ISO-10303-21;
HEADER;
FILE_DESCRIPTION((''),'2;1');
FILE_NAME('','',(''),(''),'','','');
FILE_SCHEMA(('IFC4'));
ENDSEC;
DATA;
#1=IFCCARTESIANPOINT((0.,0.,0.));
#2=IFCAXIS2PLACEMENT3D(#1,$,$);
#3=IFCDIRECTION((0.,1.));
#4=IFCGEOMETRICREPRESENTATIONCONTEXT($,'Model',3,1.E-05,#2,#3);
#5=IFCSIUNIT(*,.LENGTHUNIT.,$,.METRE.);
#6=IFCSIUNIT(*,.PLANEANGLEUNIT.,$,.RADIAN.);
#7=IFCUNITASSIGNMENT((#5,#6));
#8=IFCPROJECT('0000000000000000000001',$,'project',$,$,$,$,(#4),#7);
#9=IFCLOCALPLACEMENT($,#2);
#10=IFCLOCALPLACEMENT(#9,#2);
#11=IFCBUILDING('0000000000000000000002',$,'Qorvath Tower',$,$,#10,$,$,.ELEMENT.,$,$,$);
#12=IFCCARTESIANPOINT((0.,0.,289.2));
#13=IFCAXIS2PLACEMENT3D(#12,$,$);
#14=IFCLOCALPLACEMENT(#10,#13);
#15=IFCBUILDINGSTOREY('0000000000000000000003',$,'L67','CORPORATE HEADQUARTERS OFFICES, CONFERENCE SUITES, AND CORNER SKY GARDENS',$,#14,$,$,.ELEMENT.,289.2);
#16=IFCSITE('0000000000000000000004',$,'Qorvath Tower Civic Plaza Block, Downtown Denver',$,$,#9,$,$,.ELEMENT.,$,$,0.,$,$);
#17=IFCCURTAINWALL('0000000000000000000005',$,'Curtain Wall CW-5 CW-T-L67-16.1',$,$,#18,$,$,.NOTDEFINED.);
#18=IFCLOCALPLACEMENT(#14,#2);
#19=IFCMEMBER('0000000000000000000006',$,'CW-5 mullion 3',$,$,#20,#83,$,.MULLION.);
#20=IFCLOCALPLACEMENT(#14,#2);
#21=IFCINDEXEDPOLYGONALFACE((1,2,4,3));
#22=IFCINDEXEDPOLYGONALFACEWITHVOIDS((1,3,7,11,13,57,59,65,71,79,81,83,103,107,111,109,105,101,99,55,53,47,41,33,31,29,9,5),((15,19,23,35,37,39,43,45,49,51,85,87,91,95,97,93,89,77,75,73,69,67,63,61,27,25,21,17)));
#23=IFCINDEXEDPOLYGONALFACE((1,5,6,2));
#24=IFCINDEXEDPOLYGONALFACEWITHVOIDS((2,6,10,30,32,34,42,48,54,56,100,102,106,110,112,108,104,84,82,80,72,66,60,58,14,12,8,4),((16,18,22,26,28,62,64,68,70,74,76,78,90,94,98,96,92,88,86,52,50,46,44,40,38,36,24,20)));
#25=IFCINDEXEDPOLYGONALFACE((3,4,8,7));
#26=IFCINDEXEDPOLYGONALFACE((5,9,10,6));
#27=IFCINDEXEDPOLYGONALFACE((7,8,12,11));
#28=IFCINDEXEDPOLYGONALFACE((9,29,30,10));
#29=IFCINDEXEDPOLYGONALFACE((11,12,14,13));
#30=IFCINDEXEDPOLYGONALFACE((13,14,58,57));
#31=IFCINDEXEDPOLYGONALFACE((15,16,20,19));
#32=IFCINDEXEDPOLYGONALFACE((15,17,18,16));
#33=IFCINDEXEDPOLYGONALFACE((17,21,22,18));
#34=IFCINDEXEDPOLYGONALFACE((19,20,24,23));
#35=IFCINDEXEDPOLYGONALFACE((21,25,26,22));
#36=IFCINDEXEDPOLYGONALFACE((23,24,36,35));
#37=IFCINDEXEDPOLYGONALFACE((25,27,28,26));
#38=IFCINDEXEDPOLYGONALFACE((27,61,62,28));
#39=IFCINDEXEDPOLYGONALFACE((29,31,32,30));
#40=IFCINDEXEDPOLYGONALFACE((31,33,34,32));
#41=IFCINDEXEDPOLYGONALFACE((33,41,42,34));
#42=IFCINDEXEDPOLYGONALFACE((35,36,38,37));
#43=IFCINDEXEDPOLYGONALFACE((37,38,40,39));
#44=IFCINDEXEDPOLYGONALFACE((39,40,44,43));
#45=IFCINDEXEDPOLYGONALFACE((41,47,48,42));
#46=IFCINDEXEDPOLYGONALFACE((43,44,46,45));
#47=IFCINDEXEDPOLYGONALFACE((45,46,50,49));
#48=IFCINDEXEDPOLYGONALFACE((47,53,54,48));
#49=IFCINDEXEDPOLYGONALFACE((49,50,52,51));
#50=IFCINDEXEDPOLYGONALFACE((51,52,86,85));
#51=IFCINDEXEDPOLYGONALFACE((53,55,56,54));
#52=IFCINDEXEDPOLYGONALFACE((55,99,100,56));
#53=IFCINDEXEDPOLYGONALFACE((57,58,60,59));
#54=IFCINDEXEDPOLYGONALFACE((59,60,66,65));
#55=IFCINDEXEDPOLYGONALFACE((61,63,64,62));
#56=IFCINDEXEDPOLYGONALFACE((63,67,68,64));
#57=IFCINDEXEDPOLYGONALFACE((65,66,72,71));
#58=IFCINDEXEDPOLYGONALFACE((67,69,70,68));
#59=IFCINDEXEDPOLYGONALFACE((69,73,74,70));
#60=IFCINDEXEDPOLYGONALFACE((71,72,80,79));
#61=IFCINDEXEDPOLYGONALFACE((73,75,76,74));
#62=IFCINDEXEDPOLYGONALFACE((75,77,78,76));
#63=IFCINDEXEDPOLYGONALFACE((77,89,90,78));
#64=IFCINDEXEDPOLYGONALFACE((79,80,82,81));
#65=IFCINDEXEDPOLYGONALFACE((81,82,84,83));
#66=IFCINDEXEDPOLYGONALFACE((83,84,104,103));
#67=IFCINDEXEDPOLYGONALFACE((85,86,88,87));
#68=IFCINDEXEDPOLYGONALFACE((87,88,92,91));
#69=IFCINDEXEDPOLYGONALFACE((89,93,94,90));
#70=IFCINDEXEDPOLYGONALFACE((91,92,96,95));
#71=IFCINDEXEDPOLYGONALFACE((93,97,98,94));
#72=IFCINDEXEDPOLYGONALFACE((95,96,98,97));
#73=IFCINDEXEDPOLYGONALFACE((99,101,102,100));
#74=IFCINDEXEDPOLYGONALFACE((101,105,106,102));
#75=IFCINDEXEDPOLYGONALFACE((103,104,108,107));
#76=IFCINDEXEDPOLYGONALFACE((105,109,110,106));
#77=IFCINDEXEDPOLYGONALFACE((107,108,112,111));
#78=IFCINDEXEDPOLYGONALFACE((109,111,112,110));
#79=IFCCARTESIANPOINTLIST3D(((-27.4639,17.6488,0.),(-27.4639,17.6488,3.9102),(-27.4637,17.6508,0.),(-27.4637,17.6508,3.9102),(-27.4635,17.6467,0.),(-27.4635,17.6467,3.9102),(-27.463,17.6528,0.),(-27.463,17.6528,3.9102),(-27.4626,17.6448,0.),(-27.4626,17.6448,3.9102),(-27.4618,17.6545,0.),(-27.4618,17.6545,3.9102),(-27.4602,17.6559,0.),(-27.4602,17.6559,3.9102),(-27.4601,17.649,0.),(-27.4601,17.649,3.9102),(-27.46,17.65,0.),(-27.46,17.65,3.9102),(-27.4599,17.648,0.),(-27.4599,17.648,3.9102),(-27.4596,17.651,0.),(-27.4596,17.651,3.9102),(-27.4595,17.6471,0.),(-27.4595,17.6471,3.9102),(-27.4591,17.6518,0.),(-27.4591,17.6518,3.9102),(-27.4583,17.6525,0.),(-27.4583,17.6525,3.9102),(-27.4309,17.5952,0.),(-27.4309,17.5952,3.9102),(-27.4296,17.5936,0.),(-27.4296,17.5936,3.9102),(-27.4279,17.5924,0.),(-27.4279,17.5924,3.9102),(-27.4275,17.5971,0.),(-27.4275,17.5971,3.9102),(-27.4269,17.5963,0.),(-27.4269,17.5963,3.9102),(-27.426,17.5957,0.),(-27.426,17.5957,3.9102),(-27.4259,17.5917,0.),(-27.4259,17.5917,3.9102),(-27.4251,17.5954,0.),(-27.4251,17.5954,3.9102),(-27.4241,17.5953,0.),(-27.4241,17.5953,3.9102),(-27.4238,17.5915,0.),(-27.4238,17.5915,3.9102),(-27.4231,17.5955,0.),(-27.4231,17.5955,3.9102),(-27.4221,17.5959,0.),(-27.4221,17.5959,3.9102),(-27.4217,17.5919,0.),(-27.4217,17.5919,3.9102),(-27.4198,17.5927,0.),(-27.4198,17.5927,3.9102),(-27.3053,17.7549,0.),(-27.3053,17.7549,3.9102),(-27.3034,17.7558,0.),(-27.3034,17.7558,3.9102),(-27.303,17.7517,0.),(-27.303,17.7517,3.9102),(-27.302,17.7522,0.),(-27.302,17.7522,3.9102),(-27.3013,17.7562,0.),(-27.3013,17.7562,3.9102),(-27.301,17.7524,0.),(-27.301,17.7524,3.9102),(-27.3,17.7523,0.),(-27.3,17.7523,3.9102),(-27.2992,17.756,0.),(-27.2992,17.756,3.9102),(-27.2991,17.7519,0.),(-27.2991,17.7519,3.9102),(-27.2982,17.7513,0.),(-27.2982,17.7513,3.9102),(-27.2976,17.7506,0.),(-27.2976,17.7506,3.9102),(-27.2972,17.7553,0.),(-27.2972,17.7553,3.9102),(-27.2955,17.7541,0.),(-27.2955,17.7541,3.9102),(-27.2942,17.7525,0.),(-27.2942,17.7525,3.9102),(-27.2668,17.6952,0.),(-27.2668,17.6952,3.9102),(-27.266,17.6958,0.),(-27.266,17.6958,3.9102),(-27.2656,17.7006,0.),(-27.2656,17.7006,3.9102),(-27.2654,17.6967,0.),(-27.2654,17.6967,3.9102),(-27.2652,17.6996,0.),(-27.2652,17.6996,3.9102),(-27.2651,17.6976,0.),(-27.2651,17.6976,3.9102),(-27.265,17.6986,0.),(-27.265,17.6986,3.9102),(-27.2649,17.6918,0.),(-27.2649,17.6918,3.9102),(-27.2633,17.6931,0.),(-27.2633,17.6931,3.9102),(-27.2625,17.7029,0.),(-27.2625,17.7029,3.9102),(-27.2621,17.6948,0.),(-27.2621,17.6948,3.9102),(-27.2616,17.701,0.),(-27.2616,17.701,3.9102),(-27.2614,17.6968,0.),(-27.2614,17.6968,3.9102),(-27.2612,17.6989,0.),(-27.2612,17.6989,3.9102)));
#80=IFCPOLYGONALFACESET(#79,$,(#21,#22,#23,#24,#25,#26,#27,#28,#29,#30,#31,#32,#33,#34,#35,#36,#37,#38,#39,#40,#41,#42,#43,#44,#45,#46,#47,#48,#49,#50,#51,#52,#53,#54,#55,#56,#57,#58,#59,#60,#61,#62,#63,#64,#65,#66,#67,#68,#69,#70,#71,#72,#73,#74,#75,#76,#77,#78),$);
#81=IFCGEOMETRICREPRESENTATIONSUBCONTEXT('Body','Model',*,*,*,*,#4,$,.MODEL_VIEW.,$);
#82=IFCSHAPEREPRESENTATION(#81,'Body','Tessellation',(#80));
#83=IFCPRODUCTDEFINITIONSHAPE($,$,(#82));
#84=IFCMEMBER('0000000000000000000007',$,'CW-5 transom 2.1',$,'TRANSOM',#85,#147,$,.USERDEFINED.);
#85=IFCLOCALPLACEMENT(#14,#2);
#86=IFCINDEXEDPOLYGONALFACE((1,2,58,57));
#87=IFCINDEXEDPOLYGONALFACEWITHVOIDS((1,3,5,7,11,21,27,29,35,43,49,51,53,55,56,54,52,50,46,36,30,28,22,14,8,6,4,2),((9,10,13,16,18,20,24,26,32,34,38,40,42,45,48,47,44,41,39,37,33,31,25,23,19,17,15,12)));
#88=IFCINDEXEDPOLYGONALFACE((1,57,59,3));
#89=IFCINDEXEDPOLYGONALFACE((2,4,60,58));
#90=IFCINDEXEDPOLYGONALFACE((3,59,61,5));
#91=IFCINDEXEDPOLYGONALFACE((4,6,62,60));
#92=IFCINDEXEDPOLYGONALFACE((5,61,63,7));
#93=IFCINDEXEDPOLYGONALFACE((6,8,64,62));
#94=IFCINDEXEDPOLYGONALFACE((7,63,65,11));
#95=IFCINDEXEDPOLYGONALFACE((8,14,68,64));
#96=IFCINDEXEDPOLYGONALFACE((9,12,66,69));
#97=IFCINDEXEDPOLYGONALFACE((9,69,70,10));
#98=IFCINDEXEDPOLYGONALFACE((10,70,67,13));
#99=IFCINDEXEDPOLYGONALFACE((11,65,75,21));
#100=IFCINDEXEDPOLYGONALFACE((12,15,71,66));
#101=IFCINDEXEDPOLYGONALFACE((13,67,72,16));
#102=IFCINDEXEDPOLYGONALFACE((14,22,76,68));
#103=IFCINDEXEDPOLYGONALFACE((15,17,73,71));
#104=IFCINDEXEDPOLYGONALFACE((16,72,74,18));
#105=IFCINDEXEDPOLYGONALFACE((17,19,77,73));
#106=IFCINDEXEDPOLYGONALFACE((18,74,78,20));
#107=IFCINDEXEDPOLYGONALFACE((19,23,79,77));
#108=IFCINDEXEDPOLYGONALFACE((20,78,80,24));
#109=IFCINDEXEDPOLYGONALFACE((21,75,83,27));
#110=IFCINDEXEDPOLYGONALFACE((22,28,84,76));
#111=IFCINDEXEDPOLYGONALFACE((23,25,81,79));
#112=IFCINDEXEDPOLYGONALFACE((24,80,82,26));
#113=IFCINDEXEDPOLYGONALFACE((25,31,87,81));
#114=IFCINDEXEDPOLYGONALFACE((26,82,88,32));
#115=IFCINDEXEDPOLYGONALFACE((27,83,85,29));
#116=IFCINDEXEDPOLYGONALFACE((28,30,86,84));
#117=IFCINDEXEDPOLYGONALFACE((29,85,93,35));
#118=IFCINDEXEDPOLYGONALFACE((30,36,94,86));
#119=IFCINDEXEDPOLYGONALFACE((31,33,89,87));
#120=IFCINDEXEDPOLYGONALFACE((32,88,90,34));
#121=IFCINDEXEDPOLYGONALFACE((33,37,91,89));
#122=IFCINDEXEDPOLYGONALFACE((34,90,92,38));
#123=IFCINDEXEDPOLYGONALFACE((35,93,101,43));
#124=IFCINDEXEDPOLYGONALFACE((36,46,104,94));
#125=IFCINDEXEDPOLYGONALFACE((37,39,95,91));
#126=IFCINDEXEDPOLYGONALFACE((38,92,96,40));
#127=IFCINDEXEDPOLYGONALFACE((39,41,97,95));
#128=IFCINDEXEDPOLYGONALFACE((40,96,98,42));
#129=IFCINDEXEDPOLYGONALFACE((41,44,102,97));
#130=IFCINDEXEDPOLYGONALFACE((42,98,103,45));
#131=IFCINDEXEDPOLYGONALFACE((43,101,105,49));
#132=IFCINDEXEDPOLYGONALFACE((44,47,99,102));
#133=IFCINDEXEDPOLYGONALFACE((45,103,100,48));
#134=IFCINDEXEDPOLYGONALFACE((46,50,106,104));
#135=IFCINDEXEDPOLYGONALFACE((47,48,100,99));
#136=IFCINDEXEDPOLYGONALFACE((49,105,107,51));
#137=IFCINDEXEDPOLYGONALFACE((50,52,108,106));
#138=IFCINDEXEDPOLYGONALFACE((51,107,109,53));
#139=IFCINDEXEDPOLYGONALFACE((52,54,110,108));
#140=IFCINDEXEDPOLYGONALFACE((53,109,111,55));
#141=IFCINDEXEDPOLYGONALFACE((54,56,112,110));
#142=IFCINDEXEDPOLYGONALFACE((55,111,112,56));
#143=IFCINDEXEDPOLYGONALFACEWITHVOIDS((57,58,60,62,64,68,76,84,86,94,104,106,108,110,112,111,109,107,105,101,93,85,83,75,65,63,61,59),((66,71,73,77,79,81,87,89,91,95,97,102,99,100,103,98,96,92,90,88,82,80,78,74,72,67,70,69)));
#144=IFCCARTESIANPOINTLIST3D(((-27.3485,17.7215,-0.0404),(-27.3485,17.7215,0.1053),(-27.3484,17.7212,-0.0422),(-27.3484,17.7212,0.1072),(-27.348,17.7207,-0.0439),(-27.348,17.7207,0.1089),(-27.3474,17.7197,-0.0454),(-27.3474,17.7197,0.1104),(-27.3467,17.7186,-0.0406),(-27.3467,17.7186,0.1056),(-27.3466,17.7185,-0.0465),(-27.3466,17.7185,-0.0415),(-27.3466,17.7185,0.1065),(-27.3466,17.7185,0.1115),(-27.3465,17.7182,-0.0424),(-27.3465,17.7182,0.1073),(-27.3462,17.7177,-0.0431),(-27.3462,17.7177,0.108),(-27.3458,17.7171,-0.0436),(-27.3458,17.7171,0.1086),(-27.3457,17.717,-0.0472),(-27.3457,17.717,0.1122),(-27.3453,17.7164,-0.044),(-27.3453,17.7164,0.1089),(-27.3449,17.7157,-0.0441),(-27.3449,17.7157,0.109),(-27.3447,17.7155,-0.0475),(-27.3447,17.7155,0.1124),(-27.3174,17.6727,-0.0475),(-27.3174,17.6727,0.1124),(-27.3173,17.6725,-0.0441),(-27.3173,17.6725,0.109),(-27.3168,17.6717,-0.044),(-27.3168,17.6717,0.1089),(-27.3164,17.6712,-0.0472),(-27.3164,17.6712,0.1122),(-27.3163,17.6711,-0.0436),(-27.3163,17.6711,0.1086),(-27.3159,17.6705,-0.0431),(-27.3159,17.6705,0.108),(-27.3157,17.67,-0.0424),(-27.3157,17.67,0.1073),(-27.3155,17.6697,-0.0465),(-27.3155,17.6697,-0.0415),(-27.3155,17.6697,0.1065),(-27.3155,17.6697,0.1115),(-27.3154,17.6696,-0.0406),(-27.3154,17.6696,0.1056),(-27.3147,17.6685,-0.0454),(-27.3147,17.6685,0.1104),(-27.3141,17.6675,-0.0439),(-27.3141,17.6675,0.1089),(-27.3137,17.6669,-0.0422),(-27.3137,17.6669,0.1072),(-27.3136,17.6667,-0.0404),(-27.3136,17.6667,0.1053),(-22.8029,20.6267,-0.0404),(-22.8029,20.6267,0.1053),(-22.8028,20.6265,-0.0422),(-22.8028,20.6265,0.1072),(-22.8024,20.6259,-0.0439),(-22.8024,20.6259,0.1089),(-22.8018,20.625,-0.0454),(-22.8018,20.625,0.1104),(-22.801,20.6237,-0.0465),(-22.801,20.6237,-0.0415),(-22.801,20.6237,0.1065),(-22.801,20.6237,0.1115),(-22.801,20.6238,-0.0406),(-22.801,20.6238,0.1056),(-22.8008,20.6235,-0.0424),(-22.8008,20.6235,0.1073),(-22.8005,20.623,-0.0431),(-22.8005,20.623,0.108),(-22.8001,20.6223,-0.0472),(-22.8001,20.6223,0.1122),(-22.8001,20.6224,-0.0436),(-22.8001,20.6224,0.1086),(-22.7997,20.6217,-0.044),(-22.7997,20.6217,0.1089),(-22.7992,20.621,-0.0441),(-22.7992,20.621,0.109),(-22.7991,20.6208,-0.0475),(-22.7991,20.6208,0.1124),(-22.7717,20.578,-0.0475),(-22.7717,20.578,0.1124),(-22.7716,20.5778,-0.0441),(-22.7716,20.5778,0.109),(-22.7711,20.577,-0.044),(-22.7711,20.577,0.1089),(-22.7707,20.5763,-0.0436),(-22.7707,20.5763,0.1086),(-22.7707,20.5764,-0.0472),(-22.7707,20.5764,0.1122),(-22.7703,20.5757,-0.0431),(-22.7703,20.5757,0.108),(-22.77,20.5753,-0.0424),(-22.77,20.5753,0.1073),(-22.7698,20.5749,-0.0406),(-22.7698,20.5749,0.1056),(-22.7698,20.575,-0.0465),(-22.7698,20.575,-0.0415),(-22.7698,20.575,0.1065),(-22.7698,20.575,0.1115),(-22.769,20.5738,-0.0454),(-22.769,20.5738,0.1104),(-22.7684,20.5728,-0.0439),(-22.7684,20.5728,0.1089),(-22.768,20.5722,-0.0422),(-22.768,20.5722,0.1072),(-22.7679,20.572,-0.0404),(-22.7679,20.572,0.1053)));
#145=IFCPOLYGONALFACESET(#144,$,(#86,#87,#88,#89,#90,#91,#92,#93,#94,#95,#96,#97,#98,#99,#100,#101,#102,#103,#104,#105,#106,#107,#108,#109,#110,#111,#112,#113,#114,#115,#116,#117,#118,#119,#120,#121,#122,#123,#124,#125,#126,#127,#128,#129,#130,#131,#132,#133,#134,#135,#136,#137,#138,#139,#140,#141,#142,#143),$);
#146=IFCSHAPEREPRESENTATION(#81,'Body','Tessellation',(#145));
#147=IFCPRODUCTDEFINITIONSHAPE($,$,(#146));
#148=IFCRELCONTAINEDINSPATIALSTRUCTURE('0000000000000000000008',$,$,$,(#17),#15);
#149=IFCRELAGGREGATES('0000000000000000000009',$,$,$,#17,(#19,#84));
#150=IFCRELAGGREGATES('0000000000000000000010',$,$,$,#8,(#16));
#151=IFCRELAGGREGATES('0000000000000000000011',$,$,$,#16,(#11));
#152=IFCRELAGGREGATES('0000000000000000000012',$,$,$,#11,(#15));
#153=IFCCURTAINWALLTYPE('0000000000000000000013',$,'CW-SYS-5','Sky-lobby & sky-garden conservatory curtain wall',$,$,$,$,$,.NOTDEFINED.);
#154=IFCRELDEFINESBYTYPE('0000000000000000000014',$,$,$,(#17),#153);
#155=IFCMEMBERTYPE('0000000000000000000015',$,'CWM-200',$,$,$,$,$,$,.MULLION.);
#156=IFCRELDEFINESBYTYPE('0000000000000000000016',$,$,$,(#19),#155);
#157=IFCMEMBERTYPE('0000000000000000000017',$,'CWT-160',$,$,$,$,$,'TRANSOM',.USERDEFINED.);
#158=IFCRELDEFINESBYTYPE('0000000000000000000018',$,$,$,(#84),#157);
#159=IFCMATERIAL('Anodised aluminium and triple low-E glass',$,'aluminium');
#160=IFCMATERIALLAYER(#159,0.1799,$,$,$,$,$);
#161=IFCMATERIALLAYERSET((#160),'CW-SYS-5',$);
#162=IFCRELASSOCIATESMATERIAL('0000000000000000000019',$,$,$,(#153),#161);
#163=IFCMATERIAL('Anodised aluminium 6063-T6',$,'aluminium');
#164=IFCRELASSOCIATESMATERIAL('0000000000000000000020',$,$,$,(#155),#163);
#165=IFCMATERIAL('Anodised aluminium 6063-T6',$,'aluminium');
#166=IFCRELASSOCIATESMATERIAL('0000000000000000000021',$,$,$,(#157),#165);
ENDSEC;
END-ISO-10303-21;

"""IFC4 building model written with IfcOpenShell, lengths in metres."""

from ifc_helpers import new_model, si_unit, direction, frame, origin, origin_2d, place, context, subcontext, project, spatial, hollow_rectangle, extrude, material, layer, layer_set, material_profile, profile_set, type_object, element, aggregate, save


model = new_model("IFC4")

# Units and contexts
model_context = context("Model", 3, precision=1e-05, world=origin(), true_north=direction((0.0, 1.0)))
body_context = subcontext(model_context, "Body", "Model", "MODEL_VIEW")
ifc_project = project(units=[si_unit("LENGTHUNIT", "METRE"), si_unit("PLANEANGLEUNIT", "RADIAN")], contexts=[model_context])

# Site, building, storey
site_placement = place(None, origin())
site = spatial("IfcSite", under=ifc_project, at=site_placement, Name="Qorvath Tower Civic Plaza Block, Downtown Denver", CompositionType="ELEMENT", RefElevation=0.0)
building_placement = place(site_placement, origin())
building = spatial("IfcBuilding", under=site, at=building_placement, Name="Qorvath Tower", CompositionType="ELEMENT")
storey_placement = place(building_placement, frame((0.0, 0.0, 289.2)))
storey = spatial("IfcBuildingStorey", under=building, at=storey_placement, Name="L67", Description="CORPORATE HEADQUARTERS OFFICES, CONFERENCE SUITES, AND CORNER SKY GARDENS", CompositionType="ELEMENT", Elevation=289.2)

# Curtain wall, members
ifc_material_1 = material(Name="Anodised aluminium and triple low-E glass", Category="aluminium")
ifc_layer_1 = layer(ifc_material_1, 0.1799)
ifc_layer_set_1 = layer_set([ifc_layer_1], Name="CW-SYS-5")
curtain_wall_type = type_object("IfcCurtainWallType", Name="CW-SYS-5", Description="Sky-lobby & sky-garden conservatory curtain wall", PredefinedType="NOTDEFINED", material=ifc_layer_set_1)
curtain_wall_placement = place(storey_placement, origin())
curtain_wall = element("IfcCurtainWall", 1, at=curtain_wall_placement, inside=storey, type_object=curtain_wall_type, Name="Curtain Wall CW-5 CW-T-L67-16.1", PredefinedType="NOTDEFINED")
ifc_material_2 = material(Name="Anodised aluminium 6063-T6", Category="aluminium")
ifc_material_profile_1 = material_profile(ifc_material_2, hollow_rectangle(XDim=0.075, YDim=0.2, WallThickness=0.0039, InnerFilletRadius=0.0039, OuterFilletRadius=0.0081, at=origin_2d()), Name="CWM 200x75")
ifc_profile_set_1 = profile_set([ifc_material_profile_1], Name="Anodised aluminium 6063-T6")
member_type_1 = type_object("IfcMemberType", Name="CWM-200", PredefinedType="MULLION", material=ifc_profile_set_1)
member_1_placement = place(storey_placement, frame((-27.3625, 17.6738, 0.0), z_axis=(0.0, 0.0, 1.0), x_axis=(0.538537, -0.842602, 0.0)))
member_1 = element("IfcMember", 2, at=member_1_placement, type_object=member_type_1, Name="CW-5 mullion 3", PredefinedType="MULLION", context=body_context, shape_type="SweptSolid", body=[
    extrude(hollow_rectangle(XDim=0.075, YDim=0.2, WallThickness=0.0039, InnerFilletRadius=0.0039, OuterFilletRadius=0.0081, at=origin_2d()), origin(), (0.0, 0.0, 1.0), 3.9102),
])
ifc_material_3 = material(Name="Anodised aluminium 6063-T6", Category="aluminium")
ifc_material_profile_2 = material_profile(ifc_material_3, hollow_rectangle(XDim=0.0649, YDim=0.1599, WallThickness=0.0034, InnerFilletRadius=0.0034, OuterFilletRadius=0.0071, at=origin_2d()), Name="CWT 160x65")
ifc_profile_set_2 = profile_set([ifc_material_profile_2], Name="Anodised aluminium 6063-T6")
member_type_2 = type_object("IfcMemberType", Name="CWT-160", ElementType="TRANSOM", PredefinedType="USERDEFINED", material=ifc_profile_set_2)
member_2_placement = place(storey_placement, frame((-22.7854, 20.5994, 0.0325), z_axis=(-0.842603, -0.538535, 0.0), x_axis=(0.538535, -0.842603, 0.0)))
member_2 = element("IfcMember", 3, at=member_2_placement, type_object=member_type_2, Name="CW-5 transom 2.1", ObjectType="TRANSOM", PredefinedType="USERDEFINED", context=body_context, shape_type="SweptSolid", body=[
    extrude(hollow_rectangle(XDim=0.0649, YDim=0.1599, WallThickness=0.0034, InnerFilletRadius=0.0034, OuterFilletRadius=0.0071, at=origin_2d()), origin(), (0.0, 0.0, 1.0), 5.3948),
])
aggregate(curtain_wall, [member_1, member_2])

save(model, "model.ifc")
